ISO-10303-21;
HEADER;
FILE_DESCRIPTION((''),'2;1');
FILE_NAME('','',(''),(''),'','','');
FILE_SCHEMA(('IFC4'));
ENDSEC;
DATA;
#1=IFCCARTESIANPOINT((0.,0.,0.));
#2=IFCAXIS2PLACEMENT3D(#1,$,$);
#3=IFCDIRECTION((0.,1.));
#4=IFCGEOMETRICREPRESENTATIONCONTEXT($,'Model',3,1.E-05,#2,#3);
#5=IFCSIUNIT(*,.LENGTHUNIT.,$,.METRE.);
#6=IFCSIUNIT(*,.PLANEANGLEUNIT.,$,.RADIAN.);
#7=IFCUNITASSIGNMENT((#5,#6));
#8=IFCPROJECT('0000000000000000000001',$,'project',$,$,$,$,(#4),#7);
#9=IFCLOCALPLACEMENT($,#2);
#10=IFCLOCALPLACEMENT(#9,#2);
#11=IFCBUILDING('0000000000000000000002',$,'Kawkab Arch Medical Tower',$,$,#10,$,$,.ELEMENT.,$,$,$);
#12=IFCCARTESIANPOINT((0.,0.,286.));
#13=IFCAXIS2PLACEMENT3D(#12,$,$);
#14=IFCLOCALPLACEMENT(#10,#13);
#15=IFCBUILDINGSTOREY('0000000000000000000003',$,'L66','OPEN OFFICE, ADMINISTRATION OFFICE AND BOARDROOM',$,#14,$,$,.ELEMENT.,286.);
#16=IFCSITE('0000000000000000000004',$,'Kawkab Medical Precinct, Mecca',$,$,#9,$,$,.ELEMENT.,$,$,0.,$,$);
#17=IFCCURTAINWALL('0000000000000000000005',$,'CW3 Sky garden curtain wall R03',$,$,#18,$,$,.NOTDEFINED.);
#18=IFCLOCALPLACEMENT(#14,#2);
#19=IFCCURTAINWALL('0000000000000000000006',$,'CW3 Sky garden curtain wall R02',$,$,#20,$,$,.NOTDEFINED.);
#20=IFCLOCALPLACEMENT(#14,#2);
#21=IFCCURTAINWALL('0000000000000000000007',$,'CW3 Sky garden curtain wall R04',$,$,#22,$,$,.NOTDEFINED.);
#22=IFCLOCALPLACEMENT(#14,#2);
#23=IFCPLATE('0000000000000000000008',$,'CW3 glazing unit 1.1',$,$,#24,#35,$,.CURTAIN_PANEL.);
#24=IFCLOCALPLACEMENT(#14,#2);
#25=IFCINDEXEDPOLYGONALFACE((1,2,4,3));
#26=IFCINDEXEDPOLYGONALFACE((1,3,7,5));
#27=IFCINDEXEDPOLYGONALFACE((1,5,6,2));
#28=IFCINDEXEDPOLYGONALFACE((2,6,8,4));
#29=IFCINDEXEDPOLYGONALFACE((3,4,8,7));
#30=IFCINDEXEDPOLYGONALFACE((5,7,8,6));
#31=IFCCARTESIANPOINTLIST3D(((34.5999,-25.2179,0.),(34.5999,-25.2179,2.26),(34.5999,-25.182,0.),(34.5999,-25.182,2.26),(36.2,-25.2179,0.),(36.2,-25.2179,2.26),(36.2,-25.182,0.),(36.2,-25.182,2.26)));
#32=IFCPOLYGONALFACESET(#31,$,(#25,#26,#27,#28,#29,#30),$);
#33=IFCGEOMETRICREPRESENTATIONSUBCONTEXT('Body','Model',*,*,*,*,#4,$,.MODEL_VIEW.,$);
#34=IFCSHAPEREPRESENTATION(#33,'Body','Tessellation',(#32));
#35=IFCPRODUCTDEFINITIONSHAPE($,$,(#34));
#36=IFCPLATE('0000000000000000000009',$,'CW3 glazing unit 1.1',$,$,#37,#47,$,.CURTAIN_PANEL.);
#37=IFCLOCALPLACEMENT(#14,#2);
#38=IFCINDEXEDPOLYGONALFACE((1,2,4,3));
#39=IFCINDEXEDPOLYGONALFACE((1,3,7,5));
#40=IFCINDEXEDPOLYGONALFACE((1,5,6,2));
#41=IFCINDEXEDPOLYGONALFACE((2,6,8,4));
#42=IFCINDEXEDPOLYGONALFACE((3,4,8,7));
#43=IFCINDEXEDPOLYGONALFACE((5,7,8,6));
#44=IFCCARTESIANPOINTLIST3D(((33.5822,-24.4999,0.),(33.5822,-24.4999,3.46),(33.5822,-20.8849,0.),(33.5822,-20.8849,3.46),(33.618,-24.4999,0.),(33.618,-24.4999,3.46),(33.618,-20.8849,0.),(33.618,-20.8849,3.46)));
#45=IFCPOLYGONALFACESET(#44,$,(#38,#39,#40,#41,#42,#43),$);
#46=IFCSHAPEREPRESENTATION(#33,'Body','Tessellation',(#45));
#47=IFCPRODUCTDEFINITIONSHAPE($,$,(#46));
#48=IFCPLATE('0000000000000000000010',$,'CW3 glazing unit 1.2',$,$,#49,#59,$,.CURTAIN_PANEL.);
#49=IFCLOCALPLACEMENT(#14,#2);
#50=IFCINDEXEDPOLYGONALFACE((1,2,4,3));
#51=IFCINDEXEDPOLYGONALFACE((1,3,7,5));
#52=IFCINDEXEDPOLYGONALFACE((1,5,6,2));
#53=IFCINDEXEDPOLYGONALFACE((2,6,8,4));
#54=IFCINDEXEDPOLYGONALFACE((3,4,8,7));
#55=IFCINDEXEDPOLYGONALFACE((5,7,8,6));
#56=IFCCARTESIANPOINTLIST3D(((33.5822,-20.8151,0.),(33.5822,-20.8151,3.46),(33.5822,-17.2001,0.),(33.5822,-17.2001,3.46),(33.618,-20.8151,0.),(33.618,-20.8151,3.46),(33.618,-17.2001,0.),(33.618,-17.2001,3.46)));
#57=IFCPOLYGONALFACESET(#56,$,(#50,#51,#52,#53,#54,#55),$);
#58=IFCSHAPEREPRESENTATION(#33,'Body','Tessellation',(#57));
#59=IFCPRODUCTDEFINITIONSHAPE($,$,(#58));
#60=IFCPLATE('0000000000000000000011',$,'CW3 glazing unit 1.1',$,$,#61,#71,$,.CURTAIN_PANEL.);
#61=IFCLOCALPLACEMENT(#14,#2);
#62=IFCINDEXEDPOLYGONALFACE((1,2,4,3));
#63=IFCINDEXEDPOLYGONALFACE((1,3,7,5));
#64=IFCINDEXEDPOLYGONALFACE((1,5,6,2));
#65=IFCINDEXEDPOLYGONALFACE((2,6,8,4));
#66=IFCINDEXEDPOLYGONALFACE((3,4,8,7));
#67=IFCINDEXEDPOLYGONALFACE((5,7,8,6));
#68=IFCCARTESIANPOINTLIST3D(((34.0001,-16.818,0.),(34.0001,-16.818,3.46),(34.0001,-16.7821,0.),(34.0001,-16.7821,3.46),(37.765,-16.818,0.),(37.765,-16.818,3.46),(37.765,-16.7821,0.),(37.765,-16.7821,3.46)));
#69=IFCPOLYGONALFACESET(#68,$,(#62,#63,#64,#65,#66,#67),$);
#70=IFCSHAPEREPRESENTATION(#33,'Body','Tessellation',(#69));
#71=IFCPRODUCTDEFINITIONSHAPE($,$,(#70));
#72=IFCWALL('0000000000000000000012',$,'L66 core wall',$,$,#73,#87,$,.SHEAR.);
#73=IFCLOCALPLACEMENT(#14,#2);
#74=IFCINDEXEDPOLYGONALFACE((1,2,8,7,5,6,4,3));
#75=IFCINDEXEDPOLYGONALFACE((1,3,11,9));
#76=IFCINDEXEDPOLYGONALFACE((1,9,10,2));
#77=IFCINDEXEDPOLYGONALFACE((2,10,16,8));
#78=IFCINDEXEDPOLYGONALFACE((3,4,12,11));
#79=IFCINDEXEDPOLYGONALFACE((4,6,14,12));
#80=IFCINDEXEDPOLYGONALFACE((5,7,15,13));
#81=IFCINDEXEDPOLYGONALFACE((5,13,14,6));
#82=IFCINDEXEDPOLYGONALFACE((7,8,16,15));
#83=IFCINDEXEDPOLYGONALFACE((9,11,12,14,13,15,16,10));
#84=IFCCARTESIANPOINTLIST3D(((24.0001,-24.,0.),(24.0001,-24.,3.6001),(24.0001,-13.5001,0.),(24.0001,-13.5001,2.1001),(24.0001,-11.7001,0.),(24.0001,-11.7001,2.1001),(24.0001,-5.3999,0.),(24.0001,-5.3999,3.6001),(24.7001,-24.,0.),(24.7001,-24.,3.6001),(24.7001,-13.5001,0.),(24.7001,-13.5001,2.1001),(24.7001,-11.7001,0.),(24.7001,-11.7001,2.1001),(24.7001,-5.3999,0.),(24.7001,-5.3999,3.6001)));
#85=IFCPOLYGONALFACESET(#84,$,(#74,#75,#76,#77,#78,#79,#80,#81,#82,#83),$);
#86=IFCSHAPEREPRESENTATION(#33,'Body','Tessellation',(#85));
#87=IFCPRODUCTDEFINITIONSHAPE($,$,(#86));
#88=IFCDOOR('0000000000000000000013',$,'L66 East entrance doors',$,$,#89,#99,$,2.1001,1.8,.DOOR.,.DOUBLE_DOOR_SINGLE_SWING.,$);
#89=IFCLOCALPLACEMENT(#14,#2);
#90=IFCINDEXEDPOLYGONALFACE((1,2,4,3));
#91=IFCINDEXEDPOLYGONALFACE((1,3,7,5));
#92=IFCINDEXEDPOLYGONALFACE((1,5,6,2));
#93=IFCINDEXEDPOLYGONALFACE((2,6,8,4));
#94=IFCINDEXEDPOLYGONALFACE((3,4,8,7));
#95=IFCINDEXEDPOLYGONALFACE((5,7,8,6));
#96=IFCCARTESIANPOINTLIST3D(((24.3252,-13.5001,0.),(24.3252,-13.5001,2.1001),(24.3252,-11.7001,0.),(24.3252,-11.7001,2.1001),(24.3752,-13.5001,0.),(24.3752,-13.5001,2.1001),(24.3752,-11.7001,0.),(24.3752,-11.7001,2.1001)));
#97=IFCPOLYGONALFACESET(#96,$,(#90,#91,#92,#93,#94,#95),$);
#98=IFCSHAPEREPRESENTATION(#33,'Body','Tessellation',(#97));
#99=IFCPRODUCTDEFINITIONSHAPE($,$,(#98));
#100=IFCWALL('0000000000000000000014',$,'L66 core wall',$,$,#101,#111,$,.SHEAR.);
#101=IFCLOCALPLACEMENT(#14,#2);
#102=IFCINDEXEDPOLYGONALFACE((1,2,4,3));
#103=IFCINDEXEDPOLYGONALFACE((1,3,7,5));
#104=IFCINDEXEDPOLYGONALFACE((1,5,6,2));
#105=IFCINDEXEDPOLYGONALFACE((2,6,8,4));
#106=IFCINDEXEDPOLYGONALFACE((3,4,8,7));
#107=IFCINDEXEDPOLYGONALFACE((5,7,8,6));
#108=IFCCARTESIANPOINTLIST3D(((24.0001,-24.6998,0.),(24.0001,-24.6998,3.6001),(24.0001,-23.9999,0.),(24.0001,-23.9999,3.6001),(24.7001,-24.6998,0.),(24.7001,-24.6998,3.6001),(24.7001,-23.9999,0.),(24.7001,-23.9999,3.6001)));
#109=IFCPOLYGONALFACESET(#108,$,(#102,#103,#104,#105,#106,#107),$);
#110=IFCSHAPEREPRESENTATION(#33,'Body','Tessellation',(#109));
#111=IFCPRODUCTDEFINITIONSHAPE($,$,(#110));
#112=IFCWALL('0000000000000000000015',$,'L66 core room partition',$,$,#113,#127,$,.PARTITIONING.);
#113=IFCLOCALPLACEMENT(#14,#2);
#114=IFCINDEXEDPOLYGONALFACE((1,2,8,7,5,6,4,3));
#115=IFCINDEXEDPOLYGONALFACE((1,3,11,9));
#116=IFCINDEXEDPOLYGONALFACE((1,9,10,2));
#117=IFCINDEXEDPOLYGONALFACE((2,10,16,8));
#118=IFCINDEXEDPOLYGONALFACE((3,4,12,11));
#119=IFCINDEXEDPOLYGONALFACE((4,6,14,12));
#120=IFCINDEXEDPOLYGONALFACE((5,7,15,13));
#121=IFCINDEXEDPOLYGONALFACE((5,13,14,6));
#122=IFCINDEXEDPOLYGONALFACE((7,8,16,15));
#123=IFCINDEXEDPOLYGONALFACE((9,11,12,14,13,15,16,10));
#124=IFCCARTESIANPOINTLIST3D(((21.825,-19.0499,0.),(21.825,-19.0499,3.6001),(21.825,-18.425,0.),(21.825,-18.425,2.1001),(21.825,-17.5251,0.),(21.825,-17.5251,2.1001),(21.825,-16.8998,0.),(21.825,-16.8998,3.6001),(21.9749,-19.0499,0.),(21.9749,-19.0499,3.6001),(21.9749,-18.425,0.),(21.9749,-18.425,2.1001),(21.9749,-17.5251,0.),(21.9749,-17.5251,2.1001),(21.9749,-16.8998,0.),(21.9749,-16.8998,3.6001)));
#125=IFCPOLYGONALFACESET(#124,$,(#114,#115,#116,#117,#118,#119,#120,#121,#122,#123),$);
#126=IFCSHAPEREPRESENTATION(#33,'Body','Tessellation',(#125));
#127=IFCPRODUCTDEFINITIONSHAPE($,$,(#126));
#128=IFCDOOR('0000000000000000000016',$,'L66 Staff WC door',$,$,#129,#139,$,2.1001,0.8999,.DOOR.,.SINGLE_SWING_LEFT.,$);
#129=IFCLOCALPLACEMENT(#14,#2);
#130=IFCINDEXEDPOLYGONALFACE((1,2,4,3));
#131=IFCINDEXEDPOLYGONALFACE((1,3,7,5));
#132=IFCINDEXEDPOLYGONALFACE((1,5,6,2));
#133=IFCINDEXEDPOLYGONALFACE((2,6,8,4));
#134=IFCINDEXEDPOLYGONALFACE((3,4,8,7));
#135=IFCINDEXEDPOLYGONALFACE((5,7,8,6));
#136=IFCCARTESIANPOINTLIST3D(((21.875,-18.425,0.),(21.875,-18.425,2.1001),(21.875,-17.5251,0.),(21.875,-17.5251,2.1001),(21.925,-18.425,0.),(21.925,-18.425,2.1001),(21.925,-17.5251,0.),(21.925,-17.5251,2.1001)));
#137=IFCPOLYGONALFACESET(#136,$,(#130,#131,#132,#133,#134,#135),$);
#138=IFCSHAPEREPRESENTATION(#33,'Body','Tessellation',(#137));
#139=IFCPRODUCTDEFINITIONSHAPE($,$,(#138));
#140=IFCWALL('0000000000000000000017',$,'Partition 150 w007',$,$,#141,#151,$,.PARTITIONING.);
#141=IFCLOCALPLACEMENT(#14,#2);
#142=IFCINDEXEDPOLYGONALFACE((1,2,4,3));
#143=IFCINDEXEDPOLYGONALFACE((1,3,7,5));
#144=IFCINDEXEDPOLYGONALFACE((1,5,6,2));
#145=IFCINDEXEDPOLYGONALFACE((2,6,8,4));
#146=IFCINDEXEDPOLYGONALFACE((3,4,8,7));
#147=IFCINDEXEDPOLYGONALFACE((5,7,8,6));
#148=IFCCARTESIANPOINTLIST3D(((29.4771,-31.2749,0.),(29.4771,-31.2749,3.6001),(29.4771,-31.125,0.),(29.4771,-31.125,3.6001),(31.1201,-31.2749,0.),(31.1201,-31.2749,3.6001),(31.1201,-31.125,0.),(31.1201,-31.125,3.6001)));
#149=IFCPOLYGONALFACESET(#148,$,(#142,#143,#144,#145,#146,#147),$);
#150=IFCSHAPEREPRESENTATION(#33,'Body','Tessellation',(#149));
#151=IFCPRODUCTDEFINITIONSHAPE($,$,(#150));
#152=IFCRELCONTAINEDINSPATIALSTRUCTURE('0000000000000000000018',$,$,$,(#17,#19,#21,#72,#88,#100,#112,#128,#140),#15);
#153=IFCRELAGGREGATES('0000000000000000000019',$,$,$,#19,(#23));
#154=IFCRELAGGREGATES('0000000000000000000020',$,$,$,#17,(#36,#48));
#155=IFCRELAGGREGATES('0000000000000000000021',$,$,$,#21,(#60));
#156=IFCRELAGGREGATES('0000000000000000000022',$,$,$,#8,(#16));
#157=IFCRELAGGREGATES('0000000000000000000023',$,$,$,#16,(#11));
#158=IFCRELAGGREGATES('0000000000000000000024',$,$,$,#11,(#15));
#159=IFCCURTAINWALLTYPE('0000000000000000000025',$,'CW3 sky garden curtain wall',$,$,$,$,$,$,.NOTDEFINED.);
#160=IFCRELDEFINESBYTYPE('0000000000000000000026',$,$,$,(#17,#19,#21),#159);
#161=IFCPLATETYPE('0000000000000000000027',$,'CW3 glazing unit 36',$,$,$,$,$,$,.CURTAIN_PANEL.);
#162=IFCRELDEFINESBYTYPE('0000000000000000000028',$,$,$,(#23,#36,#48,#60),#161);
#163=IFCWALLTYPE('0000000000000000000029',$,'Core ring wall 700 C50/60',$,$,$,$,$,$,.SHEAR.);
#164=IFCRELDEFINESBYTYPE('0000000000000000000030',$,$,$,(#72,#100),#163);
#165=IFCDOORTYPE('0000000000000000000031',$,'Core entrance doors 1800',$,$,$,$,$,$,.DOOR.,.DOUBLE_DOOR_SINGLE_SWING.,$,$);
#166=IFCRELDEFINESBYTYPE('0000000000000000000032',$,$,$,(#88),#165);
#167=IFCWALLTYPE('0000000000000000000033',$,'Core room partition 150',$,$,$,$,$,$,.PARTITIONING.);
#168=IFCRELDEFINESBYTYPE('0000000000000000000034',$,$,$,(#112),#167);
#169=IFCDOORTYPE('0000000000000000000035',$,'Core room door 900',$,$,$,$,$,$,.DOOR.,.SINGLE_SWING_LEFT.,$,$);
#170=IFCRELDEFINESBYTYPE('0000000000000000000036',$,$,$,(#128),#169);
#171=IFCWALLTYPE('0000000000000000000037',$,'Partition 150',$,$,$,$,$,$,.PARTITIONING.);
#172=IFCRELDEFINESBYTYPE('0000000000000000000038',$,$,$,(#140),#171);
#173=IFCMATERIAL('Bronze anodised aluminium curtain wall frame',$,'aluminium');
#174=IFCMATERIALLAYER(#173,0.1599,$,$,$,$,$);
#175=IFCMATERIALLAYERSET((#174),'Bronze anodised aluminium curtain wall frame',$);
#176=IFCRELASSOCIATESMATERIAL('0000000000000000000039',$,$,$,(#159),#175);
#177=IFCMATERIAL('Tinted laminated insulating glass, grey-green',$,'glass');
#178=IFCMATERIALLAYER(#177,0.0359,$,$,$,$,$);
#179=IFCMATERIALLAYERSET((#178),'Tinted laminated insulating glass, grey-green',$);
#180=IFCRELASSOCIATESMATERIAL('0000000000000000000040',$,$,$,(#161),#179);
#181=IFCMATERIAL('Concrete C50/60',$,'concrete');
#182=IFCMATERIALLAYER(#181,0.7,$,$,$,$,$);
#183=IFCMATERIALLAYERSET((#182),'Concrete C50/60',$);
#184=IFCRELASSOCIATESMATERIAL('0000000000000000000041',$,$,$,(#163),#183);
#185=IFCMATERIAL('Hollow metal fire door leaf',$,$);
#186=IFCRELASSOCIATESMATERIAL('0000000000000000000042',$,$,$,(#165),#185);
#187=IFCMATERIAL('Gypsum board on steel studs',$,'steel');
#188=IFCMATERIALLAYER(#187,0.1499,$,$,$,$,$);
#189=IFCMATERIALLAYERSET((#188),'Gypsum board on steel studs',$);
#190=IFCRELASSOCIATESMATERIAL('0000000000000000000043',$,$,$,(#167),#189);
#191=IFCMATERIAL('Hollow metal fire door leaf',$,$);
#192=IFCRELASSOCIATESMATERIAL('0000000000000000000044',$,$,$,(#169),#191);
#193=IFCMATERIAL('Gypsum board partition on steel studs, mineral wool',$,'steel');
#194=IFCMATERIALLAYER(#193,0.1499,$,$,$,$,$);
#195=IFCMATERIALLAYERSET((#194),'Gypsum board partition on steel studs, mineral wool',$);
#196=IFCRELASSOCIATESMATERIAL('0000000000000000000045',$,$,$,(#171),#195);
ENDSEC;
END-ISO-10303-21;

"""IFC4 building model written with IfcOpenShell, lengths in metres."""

from ifc_helpers import new_model, si_unit, direction, frame, frame_2d, origin, origin_2d, place, context, subcontext, project, spatial, rectangle, extrude, material, layer, layer_set, type_object, element, fill, aggregate, save


model = new_model("IFC4")

# Units and contexts
model_context = context("Model", 3, precision=1e-05, world=origin(), true_north=direction((0.0, 1.0)))
body_context = subcontext(model_context, "Body", "Model", "MODEL_VIEW")
ifc_project = project(units=[si_unit("LENGTHUNIT", "METRE"), si_unit("PLANEANGLEUNIT", "RADIAN")], contexts=[model_context])

# Site, building, storey
site_placement = place(None, origin())
site = spatial("IfcSite", under=ifc_project, at=site_placement, Name="Kawkab Medical Precinct, Mecca", CompositionType="ELEMENT", RefElevation=0.0)
building_placement = place(site_placement, origin())
building = spatial("IfcBuilding", under=site, at=building_placement, Name="Kawkab Arch Medical Tower", CompositionType="ELEMENT")
storey_placement = place(building_placement, frame((0.0, 0.0, 286.0)))
storey = spatial("IfcBuildingStorey", under=building, at=storey_placement, Name="L66", Description="OPEN OFFICE, ADMINISTRATION OFFICE AND BOARDROOM", CompositionType="ELEMENT", Elevation=286.0)

# Shared definitions
placement = place(storey_placement, origin())

# Curtain walls
ifc_material_1 = material(Name="Bronze anodised aluminium curtain wall frame", Category="aluminium")
ifc_layer_1 = layer(ifc_material_1, 0.1599)
ifc_layer_set_1 = layer_set([ifc_layer_1], Name="Bronze anodised aluminium curtain wall frame")
curtain_wall_type_1 = type_object("IfcCurtainWallType", Name="CW3 sky garden curtain wall", PredefinedType="NOTDEFINED", material=ifc_layer_set_1)
curtain_wall_1 = element("IfcCurtainWall", 1, at=placement, inside=storey, type_object=curtain_wall_type_1, Name="CW3 Sky garden curtain wall R03", PredefinedType="NOTDEFINED")
curtain_wall_2 = element("IfcCurtainWall", 2, at=placement, inside=storey, type_object=curtain_wall_type_1, Name="CW3 Sky garden curtain wall R02", PredefinedType="NOTDEFINED")

# Curtain wall
curtain_wall_3 = element("IfcCurtainWall", 3, at=placement, inside=storey, type_object=curtain_wall_type_1, Name="CW3 Sky garden curtain wall R04", PredefinedType="NOTDEFINED")

# Plates
ifc_material_2 = material(Name="Tinted laminated insulating glass, grey-green", Category="glass")
ifc_layer_2 = layer(ifc_material_2, 0.0359)
ifc_layer_set_2 = layer_set([ifc_layer_2], Name="Tinted laminated insulating glass, grey-green")
plate_type_1 = type_object("IfcPlateType", Name="CW3 glazing unit 36", PredefinedType="CURTAIN_PANEL", material=ifc_layer_set_2)
plate_1_placement = place(storey_placement, frame((35.3999, -25.2, 0.0), z_axis=(0.0, 0.0, 1.0), x_axis=(-1.0, 0.0, 0.0)))
plate_1 = element("IfcPlate", 4, at=plate_1_placement, type_object=plate_type_1, Name="CW3 glazing unit 1.1", PredefinedType="CURTAIN_PANEL", context=body_context, shape_type="SweptSolid", body=[
    extrude(rectangle(XDim=1.6001, YDim=0.0359, at=origin_2d()), origin(), (0.0, 0.0, 1.0), 2.26),
])
aggregate(curtain_wall_2, [plate_1])
plate_2_placement = place(storey_placement, frame((33.6001, -22.6924, 0.0), z_axis=(0.0, 0.0, 1.0), x_axis=(0.0, 1.0, 0.0)))
plate_2 = element("IfcPlate", 5, at=plate_2_placement, type_object=plate_type_1, Name="CW3 glazing unit 1.1", PredefinedType="CURTAIN_PANEL", context=body_context, shape_type="SweptSolid", body=[
    extrude(rectangle(XDim=3.615, YDim=0.0359, at=origin_2d()), origin(), (0.0, 0.0, 1.0), 3.46),
])
plate_3_placement = place(storey_placement, frame((33.6001, -19.0076, 0.0), z_axis=(0.0, 0.0, 1.0), x_axis=(0.0, 1.0, 0.0)))
plate_3 = element("IfcPlate", 6, at=plate_3_placement, type_object=plate_type_1, Name="CW3 glazing unit 1.2", PredefinedType="CURTAIN_PANEL", context=body_context, shape_type="SweptSolid", body=[
    extrude(rectangle(XDim=3.615, YDim=0.0359, at=origin_2d()), origin(), (0.0, 0.0, 1.0), 3.46),
])
aggregate(curtain_wall_1, [plate_2, plate_3])
plate_4_placement = place(storey_placement, frame((35.8826, -16.8, 0.0), z_axis=(0.0, 0.0, 1.0), x_axis=(1.0, 0.0, 0.0)))
plate_4 = element("IfcPlate", 7, at=plate_4_placement, type_object=plate_type_1, Name="CW3 glazing unit 1.1", PredefinedType="CURTAIN_PANEL", context=body_context, shape_type="SweptSolid", body=[
    extrude(rectangle(XDim=3.7649, YDim=0.0359, at=origin_2d()), origin(), (0.0, 0.0, 1.0), 3.46),
])
aggregate(curtain_wall_3, [plate_4])

# Wall, opening, door
ifc_material_3 = material(Name="Concrete C50/60", Category="concrete")
ifc_layer_3 = layer(ifc_material_3, 0.7)
ifc_layer_set_3 = layer_set([ifc_layer_3], Name="Concrete C50/60")
wall_type_1 = type_object("IfcWallType", Name="Core ring wall 700 C50/60", PredefinedType="SHEAR", material=ifc_layer_set_3)
wall_1_placement = place(storey_placement, frame((24.3501, -24.0, 0.0), z_axis=(0.0, 0.0, 1.0), x_axis=(0.0, 1.0, 0.0)))
wall_1 = element("IfcWall", 8, at=wall_1_placement, inside=storey, type_object=wall_type_1, Name="L66 core wall", PredefinedType="SHEAR", context=body_context, shape_type="SweptSolid", body=[
    extrude(rectangle(XDim=18.6001, YDim=0.7, at=frame_2d((9.3, 0.0))), origin(), (0.0, 0.0, 1.0), 3.6001),
])
opening_1_placement = place(wall_1_placement, frame((10.5, 0.0, 0.0)))
opening_1 = element("IfcOpeningElement", 9, at=opening_1_placement, cuts=wall_1, PredefinedType="OPENING", context=body_context, shape_type="SweptSolid", body=[
    extrude(rectangle(XDim=1.8, YDim=2.1001, at=frame_2d((0.8999, 1.05))), frame((0.0, 0.3599, 0.0), z_axis=(0.0, -1.0, 0.0), x_axis=(1.0, 0.0, 0.0)), (0.0, 0.0, 1.0), 0.72),
])
ifc_material_4 = material(Name="Hollow metal fire door leaf")
door_type_1 = type_object("IfcDoorType", Name="Core entrance doors 1800", OperationType="DOUBLE_DOOR_SINGLE_SWING", PredefinedType="DOOR", material=ifc_material_4)
door_1_placement = place(opening_1_placement, origin())
door_1 = element("IfcDoor", 10, at=door_1_placement, inside=storey, type_object=door_type_1, Name="L66 East entrance doors", OperationType="DOUBLE_DOOR_SINGLE_SWING", OverallHeight=2.1001, OverallWidth=1.8, PredefinedType="DOOR", context=body_context, shape_type="SweptSolid", body=[
    extrude(rectangle(XDim=1.8, YDim=2.1001, at=frame_2d((0.8999, 1.05))), frame((0.0, 0.0249, 0.0), z_axis=(0.0, -1.0, 0.0), x_axis=(1.0, 0.0, 0.0)), (0.0, 0.0, 1.0), 0.05),
])
fill(opening_1, door_1)

# Wall
wall_2_placement = place(storey_placement, frame((24.3501, -24.7, 0.0), z_axis=(0.0, 0.0, 1.0), x_axis=(0.0, 1.0, 0.0)))
element("IfcWall", 11, at=wall_2_placement, inside=storey, type_object=wall_type_1, Name="L66 core wall", PredefinedType="SHEAR", context=body_context, shape_type="SweptSolid", body=[
    extrude(rectangle(XDim=0.7, YDim=0.7, at=frame_2d((0.3501, 0.0))), origin(), (0.0, 0.0, 1.0), 3.6001),
])

# Wall, opening, door
ifc_material_5 = material(Name="Gypsum board on steel studs", Category="steel")
ifc_layer_4 = layer(ifc_material_5, 0.1499)
ifc_layer_set_4 = layer_set([ifc_layer_4], Name="Gypsum board on steel studs")
wall_type_2 = type_object("IfcWallType", Name="Core room partition 150", PredefinedType="PARTITIONING", material=ifc_layer_set_4)
wall_3_placement = place(storey_placement, frame((21.8999, -19.05, 0.0), z_axis=(0.0, 0.0, 1.0), x_axis=(0.0, 1.0, 0.0)))
wall_3 = element("IfcWall", 12, at=wall_3_placement, inside=storey, type_object=wall_type_2, Name="L66 core room partition", PredefinedType="PARTITIONING", context=body_context, shape_type="SweptSolid", body=[
    extrude(rectangle(XDim=2.1501, YDim=0.1499, at=frame_2d((1.0752, 0.0))), origin(), (0.0, 0.0, 1.0), 3.6001),
])
opening_2_placement = place(wall_3_placement, frame((0.625, 0.0, 0.0)))
opening_2 = element("IfcOpeningElement", 13, at=opening_2_placement, cuts=wall_3, PredefinedType="OPENING", context=body_context, shape_type="SweptSolid", body=[
    extrude(rectangle(XDim=0.8999, YDim=2.1001, at=frame_2d((0.45, 1.05))), frame((0.0, 0.085, 0.0), z_axis=(0.0, -1.0, 0.0), x_axis=(1.0, 0.0, 0.0)), (0.0, 0.0, 1.0), 0.1699),
])
ifc_material_6 = material(Name="Hollow metal fire door leaf")
door_type_2 = type_object("IfcDoorType", Name="Core room door 900", OperationType="SINGLE_SWING_LEFT", PredefinedType="DOOR", material=ifc_material_6)
door_2_placement = place(opening_2_placement, origin())
door_2 = element("IfcDoor", 14, at=door_2_placement, inside=storey, type_object=door_type_2, Name="L66 Staff WC door", OperationType="SINGLE_SWING_LEFT", OverallHeight=2.1001, OverallWidth=0.8999, PredefinedType="DOOR", context=body_context, shape_type="SweptSolid", body=[
    extrude(rectangle(XDim=0.8999, YDim=2.1001, at=frame_2d((0.45, 1.05))), frame((0.0, 0.0249, 0.0), z_axis=(0.0, -1.0, 0.0), x_axis=(1.0, 0.0, 0.0)), (0.0, 0.0, 1.0), 0.05),
])
fill(opening_2, door_2)

# Wall
ifc_material_7 = material(Name="Gypsum board partition on steel studs, mineral wool", Category="steel")
ifc_layer_5 = layer(ifc_material_7, 0.1499)
ifc_layer_set_5 = layer_set([ifc_layer_5], Name="Gypsum board partition on steel studs, mineral wool")
wall_type_3 = type_object("IfcWallType", Name="Partition 150", PredefinedType="PARTITIONING", material=ifc_layer_set_5)
wall_4_placement = place(storey_placement, frame((29.4771, -31.2, 0.0), z_axis=(0.0, 0.0, 1.0), x_axis=(1.0, 0.0, 0.0)))
element("IfcWall", 15, at=wall_4_placement, inside=storey, type_object=wall_type_3, Name="Partition 150 w007", PredefinedType="PARTITIONING", context=body_context, shape_type="SweptSolid", body=[
    extrude(rectangle(XDim=1.6431, YDim=0.1499, at=frame_2d((0.8215, 0.0))), origin(), (0.0, 0.0, 1.0), 3.6001),
])

save(model, "model.ifc")
